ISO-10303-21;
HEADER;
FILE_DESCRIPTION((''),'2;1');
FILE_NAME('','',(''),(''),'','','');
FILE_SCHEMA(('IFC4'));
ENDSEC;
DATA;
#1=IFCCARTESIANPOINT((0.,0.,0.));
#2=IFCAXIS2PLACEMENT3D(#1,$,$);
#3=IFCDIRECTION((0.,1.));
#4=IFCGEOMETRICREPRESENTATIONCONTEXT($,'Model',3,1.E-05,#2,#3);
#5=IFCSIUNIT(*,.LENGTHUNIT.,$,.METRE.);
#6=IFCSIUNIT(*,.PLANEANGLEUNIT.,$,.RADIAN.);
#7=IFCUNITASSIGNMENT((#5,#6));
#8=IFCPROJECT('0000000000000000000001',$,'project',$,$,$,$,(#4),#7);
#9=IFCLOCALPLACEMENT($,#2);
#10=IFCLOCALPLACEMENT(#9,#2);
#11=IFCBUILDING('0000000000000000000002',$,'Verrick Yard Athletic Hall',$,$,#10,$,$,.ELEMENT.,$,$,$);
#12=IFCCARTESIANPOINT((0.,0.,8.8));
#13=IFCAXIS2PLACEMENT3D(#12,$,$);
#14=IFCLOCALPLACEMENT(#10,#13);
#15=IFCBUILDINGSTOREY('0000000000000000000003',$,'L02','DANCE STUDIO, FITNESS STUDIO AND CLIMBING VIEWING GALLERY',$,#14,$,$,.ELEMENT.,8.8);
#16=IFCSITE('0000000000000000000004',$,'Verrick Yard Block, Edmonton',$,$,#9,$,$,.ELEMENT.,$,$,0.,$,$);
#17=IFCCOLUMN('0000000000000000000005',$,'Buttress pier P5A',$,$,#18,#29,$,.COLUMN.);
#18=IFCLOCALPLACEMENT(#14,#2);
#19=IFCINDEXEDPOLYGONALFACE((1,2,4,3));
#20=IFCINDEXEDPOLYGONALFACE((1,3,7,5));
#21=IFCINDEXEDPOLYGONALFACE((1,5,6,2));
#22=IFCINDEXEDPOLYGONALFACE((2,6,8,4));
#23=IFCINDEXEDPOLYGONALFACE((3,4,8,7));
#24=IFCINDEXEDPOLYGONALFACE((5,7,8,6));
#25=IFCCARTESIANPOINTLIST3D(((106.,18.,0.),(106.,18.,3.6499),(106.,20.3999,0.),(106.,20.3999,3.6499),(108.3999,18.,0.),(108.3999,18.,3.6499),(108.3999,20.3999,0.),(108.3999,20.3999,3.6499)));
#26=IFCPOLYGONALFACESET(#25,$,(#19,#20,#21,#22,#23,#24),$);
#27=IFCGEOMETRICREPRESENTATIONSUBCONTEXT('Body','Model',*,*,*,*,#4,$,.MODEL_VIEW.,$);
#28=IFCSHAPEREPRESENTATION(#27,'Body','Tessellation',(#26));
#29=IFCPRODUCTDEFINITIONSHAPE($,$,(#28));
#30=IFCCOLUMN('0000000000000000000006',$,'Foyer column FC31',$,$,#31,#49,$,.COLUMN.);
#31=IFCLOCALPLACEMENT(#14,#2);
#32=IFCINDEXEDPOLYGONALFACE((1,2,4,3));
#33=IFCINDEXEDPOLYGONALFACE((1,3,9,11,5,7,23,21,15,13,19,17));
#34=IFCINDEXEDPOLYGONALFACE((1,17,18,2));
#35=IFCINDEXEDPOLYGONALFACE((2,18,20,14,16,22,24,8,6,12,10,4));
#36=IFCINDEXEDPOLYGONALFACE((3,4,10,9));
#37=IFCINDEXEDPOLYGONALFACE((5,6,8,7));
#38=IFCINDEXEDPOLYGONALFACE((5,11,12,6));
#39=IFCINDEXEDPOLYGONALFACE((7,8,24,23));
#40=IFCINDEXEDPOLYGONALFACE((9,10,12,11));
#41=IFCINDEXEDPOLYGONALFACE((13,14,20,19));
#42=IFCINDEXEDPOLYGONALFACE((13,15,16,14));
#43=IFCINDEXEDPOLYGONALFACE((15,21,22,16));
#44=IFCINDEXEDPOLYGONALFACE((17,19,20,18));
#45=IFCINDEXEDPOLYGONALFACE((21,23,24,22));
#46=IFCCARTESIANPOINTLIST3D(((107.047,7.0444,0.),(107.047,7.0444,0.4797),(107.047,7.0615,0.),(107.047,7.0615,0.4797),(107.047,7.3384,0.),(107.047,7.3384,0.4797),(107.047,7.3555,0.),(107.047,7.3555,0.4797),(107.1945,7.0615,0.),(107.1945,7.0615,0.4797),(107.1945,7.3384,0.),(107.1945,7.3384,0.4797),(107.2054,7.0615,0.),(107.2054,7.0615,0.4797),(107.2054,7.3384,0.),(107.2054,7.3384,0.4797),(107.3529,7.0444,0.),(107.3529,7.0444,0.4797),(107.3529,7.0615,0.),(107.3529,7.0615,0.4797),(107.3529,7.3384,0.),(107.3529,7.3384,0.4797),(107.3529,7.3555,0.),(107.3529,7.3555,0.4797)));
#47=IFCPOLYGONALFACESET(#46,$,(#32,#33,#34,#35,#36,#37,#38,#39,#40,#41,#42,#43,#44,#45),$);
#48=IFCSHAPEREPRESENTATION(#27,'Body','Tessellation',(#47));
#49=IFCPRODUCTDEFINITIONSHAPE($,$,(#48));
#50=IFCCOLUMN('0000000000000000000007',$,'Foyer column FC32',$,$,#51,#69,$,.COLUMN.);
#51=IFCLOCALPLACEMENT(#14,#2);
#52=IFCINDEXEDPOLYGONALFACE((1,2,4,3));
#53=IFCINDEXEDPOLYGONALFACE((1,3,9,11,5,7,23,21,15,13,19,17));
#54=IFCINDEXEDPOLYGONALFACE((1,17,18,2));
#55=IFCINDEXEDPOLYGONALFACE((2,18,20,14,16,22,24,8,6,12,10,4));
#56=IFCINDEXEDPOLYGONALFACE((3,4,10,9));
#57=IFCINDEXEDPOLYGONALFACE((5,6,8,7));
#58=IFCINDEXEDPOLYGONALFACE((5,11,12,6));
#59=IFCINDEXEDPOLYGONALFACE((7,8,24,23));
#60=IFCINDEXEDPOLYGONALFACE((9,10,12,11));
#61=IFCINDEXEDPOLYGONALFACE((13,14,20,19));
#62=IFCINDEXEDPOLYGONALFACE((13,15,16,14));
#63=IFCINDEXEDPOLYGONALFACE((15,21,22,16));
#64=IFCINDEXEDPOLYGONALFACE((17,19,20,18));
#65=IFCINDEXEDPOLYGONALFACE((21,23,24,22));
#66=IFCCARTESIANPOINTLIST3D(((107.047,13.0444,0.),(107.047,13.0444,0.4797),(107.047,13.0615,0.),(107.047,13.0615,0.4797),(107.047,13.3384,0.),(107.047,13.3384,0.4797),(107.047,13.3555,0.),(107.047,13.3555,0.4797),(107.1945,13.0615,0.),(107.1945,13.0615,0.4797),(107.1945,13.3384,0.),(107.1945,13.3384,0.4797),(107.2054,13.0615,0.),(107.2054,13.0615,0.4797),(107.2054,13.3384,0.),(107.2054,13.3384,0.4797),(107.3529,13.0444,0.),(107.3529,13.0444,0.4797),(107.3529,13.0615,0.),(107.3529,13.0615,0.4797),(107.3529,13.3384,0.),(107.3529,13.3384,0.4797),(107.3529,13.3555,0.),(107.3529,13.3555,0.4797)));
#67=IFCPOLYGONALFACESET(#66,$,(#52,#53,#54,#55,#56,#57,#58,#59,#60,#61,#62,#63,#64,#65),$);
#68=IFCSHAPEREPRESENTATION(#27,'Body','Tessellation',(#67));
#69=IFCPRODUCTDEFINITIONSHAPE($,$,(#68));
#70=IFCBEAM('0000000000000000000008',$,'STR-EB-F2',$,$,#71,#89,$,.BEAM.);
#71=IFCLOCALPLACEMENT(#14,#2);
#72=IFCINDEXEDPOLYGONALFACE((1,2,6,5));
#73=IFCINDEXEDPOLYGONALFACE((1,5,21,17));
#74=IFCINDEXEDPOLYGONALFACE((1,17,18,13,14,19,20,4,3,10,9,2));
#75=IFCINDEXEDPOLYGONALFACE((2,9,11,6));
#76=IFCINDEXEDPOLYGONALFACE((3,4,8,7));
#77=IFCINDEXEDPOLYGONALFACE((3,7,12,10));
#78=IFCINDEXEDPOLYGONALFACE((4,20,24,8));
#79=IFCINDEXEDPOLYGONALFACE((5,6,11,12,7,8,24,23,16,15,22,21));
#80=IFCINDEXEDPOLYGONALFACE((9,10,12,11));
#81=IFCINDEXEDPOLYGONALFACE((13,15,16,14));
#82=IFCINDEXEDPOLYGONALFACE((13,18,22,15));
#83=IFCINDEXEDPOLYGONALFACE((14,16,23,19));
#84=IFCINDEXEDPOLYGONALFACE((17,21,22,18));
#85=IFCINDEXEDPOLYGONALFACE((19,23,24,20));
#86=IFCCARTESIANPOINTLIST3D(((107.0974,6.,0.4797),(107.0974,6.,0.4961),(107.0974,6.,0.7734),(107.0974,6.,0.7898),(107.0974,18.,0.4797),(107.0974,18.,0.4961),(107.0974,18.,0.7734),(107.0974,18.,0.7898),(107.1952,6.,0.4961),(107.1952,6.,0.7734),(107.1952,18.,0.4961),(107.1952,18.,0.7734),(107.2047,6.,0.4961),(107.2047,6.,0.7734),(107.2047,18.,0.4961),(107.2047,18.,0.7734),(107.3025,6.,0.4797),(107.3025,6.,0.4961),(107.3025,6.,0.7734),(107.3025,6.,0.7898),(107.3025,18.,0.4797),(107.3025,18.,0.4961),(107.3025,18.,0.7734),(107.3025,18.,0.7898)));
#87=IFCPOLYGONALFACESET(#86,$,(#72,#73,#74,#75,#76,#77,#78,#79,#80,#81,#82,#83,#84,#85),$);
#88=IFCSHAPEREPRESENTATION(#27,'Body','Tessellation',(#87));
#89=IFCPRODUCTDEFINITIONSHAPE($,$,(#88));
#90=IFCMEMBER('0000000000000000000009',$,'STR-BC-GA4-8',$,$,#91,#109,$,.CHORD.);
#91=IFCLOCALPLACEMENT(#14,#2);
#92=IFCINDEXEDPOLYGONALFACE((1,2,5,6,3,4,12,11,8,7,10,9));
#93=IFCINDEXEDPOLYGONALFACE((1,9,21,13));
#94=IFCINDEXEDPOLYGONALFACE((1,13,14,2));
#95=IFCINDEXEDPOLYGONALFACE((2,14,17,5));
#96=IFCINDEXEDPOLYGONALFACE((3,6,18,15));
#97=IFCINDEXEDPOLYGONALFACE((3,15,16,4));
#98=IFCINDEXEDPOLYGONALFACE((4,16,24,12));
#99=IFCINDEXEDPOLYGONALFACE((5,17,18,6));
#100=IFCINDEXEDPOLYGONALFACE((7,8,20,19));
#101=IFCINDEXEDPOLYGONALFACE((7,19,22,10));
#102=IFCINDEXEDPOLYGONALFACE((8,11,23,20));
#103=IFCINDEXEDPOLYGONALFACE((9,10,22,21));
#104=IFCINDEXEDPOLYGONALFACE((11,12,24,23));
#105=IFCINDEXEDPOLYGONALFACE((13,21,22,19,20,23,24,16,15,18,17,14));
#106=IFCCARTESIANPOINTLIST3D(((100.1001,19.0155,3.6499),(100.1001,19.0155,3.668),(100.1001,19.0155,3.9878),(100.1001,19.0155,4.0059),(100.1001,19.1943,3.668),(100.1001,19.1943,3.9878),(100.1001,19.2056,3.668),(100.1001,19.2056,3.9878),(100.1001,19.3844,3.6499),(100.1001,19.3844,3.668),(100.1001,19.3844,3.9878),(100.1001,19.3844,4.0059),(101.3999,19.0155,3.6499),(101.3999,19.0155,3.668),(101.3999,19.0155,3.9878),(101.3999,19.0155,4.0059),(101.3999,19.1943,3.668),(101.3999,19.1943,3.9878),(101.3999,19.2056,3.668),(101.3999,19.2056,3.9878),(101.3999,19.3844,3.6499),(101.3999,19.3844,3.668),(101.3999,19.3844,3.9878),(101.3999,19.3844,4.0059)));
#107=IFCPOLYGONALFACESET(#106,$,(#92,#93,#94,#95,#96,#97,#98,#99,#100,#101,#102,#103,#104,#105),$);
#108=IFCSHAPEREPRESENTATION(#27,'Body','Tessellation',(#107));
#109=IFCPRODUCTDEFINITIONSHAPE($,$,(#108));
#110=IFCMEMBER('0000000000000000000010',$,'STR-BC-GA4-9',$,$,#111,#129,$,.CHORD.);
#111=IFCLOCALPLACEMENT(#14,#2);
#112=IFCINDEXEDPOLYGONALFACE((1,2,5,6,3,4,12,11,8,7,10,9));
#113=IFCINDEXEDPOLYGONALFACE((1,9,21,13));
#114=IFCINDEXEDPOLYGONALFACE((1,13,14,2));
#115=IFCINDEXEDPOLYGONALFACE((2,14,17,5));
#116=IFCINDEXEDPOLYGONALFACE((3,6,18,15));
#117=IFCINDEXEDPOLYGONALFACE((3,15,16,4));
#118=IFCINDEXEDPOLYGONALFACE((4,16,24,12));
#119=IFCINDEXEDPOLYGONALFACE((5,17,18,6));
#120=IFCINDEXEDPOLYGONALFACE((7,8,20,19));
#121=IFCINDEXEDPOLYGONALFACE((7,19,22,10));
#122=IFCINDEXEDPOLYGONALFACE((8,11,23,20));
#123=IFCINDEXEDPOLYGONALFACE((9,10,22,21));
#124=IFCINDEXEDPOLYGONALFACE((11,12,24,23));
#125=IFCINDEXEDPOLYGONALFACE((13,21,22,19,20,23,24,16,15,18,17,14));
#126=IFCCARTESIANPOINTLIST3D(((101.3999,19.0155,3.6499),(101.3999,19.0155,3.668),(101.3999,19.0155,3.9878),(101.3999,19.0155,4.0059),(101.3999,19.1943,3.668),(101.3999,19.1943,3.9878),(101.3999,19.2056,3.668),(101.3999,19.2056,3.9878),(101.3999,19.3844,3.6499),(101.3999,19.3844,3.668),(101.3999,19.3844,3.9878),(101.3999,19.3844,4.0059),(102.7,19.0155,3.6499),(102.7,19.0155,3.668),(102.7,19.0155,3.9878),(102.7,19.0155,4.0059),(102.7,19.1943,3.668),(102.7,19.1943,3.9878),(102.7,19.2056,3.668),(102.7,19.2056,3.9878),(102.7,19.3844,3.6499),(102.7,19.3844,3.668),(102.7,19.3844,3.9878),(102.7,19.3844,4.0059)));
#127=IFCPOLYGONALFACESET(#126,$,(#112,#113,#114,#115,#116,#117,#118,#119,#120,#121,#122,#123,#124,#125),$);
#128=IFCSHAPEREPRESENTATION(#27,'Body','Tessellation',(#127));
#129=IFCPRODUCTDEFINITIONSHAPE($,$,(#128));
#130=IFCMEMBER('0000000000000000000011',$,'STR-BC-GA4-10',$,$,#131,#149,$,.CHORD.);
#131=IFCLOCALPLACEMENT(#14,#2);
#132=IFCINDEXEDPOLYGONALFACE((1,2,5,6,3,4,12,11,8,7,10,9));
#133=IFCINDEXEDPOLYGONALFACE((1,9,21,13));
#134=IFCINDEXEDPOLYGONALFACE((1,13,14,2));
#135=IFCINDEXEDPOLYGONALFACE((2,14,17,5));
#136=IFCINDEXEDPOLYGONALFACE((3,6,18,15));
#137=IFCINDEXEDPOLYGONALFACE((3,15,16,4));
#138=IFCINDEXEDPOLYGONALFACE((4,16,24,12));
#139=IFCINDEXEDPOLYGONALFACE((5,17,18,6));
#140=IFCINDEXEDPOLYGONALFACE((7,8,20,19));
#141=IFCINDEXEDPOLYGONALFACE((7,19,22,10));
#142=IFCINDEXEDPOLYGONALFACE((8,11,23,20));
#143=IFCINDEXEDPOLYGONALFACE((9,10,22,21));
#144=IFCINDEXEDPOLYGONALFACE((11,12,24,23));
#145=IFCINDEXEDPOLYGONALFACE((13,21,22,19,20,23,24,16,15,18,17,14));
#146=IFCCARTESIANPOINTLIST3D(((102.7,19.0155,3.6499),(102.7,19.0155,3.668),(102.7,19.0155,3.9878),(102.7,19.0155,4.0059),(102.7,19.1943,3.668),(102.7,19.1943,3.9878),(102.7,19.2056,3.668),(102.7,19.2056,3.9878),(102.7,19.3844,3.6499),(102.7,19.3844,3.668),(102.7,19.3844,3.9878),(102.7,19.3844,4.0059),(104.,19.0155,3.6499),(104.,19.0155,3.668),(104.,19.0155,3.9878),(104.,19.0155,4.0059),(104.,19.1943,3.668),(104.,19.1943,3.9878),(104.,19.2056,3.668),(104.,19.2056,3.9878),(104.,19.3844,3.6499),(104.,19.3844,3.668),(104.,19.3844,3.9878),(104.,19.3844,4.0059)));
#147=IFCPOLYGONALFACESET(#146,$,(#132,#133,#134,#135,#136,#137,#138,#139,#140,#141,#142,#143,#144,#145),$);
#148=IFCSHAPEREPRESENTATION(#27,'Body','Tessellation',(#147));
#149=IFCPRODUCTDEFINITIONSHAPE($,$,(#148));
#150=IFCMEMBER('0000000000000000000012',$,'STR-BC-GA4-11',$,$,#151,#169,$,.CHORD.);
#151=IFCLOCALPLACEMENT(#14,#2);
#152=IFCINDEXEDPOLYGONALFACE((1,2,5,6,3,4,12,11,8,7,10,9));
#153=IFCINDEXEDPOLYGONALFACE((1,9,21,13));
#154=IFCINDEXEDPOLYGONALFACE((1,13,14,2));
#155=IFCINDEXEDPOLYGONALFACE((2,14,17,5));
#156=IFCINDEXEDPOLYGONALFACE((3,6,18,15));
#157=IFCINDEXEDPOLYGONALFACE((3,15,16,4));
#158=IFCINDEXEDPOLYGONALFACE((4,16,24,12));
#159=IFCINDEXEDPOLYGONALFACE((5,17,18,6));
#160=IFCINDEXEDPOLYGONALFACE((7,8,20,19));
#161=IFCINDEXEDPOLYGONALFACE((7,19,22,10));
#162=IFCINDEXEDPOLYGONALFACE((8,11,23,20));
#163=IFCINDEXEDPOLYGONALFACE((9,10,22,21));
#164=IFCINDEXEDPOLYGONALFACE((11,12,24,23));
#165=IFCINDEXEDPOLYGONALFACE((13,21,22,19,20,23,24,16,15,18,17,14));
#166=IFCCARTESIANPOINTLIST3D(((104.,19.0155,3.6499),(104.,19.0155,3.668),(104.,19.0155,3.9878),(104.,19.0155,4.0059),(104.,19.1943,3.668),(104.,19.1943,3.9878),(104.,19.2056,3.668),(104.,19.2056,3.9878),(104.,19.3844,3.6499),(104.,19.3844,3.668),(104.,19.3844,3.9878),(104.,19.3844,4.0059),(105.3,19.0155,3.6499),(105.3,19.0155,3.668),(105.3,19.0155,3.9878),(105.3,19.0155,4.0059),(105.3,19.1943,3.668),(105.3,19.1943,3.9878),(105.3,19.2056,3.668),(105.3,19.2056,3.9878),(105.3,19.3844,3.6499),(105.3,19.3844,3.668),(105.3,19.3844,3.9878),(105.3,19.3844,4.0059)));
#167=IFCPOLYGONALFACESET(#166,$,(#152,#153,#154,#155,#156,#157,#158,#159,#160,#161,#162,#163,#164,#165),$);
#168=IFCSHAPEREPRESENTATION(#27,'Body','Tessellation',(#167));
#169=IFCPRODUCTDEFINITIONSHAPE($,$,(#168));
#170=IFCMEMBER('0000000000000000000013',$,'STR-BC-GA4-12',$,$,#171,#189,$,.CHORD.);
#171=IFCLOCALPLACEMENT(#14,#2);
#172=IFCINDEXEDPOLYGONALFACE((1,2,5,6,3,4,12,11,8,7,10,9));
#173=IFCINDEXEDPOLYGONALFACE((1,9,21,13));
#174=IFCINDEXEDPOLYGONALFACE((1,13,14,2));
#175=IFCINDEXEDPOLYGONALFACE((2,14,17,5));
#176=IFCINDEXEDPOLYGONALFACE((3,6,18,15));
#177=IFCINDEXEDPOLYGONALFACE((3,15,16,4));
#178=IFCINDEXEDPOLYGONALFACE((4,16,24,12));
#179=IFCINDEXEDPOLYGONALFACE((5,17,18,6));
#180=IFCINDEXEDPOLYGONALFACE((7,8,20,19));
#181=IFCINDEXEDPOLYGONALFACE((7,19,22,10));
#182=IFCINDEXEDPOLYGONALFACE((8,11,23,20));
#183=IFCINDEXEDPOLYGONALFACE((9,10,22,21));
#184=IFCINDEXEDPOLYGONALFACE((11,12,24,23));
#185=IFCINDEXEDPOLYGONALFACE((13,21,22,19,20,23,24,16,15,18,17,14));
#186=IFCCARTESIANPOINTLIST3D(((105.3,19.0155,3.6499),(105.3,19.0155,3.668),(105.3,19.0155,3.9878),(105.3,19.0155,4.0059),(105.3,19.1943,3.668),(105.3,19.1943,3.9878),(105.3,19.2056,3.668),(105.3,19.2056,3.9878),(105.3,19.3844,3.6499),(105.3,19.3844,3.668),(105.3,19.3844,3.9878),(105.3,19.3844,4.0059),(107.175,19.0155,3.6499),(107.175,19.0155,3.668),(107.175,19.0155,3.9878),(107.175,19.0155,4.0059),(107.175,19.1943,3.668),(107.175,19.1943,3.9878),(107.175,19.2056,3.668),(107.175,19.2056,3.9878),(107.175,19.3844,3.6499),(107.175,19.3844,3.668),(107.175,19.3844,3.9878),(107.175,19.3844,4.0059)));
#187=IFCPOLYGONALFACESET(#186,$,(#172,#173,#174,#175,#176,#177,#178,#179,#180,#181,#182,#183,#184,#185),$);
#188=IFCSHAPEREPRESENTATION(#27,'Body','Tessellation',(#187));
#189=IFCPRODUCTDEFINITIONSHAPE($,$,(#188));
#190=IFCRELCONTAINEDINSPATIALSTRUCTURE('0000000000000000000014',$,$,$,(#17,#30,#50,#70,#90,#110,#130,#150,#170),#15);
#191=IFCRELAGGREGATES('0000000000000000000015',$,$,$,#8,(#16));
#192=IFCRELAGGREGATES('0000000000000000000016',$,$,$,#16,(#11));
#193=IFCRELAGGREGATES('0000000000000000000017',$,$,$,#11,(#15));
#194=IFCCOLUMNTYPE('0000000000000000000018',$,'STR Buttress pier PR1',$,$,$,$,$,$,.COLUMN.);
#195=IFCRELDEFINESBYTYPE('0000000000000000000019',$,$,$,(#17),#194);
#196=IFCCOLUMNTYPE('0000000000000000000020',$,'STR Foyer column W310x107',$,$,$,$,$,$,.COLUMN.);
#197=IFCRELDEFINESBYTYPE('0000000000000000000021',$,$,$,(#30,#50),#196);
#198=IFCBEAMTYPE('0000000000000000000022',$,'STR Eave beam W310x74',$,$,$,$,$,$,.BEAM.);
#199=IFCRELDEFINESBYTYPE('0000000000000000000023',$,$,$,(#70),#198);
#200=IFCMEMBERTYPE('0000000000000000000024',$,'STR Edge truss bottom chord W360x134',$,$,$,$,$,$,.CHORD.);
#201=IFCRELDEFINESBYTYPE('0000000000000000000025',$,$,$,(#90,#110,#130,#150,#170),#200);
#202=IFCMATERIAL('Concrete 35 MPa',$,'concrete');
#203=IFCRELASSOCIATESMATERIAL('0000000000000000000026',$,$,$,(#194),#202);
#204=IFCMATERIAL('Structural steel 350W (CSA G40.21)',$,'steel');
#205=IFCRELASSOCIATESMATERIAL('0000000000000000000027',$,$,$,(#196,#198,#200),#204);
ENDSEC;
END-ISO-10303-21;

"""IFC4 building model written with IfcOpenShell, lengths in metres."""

from ifc_helpers import new_model, si_unit, direction, frame, origin, origin_2d, place, context, subcontext, project, spatial, rectangle, i_section, extrude, material, material_profile, profile_set, type_object, element, save


model = new_model("IFC4")

# Units and contexts
model_context = context("Model", 3, precision=1e-05, world=origin(), true_north=direction((0.0, 1.0)))
body_context = subcontext(model_context, "Body", "Model", "MODEL_VIEW")
ifc_project = project(units=[si_unit("LENGTHUNIT", "METRE"), si_unit("PLANEANGLEUNIT", "RADIAN")], contexts=[model_context])

# Site, building, storey
site_placement = place(None, origin())
site = spatial("IfcSite", under=ifc_project, at=site_placement, Name="Verrick Yard Block, Edmonton", CompositionType="ELEMENT", RefElevation=0.0)
building_placement = place(site_placement, origin())
building = spatial("IfcBuilding", under=site, at=building_placement, Name="Verrick Yard Athletic Hall", CompositionType="ELEMENT")
storey_placement = place(building_placement, frame((0.0, 0.0, 8.8)))
storey = spatial("IfcBuildingStorey", under=building, at=storey_placement, Name="L02", Description="DANCE STUDIO, FITNESS STUDIO AND CLIMBING VIEWING GALLERY", CompositionType="ELEMENT", Elevation=8.8)

# Columns
ifc_material_1 = material(Name="Concrete 35 MPa", Category="concrete")
ifc_material_profile_1 = material_profile(ifc_material_1, rectangle(XDim=2.3999, YDim=2.3999, at=origin_2d()), Name="STR Buttress pier PR1")
ifc_profile_set_1 = profile_set([ifc_material_profile_1], Name="Concrete 35 MPa")
column_type_1 = type_object("IfcColumnType", Name="STR Buttress pier PR1", PredefinedType="COLUMN", material=ifc_profile_set_1)
column_placement = place(storey_placement, frame((107.2, 19.2, 0.0), z_axis=(0.0, 0.0, 1.0), x_axis=(1.0, 0.0, 0.0)))
element("IfcColumn", 1, at=column_placement, inside=storey, type_object=column_type_1, Name="Buttress pier P5A", PredefinedType="COLUMN", context=body_context, shape_type="SweptSolid", body=[
    extrude(rectangle(XDim=2.3999, YDim=2.3999, at=origin_2d()), origin(), (0.0, 0.0, 1.0), 3.6499),
])
ifc_material_2 = material(Name="Structural steel 350W (CSA G40.21)", Category="steel")
ifc_material_profile_2 = material_profile(ifc_material_2, i_section(OverallWidth=0.3059, OverallDepth=0.311, WebThickness=0.011, FlangeThickness=0.0171, at=origin_2d()), Name="W310x107")
ifc_profile_set_2 = profile_set([ifc_material_profile_2], Name="Structural steel 350W (CSA G40.21)")
column_type_2 = type_object("IfcColumnType", Name="STR Foyer column W310x107", PredefinedType="COLUMN", material=ifc_profile_set_2)
for number, where, z_axis, x_axis, name in (
    (2, (107.2, 7.2, 0.0), (0.0, 0.0, 1.0), (1.0, 0.0, 0.0), "Foyer column FC31"),
    (3, (107.2, 13.2, 0.0), (0.0, 0.0, 1.0), (1.0, 0.0, 0.0), "Foyer column FC32"),
):
    element("IfcColumn", number, at=place(storey_placement, frame(where, z_axis=z_axis, x_axis=x_axis)), inside=storey, type_object=column_type_2, Name=name, PredefinedType="COLUMN", context=body_context, shape_type="SweptSolid", body=[
        extrude(i_section(OverallWidth=0.3059, OverallDepth=0.311, WebThickness=0.011, FlangeThickness=0.0171, at=origin_2d()), origin(), (0.0, 0.0, 1.0), 0.4797),
    ])

# Beam
ifc_material_profile_3 = material_profile(ifc_material_2, i_section(OverallWidth=0.2051, OverallDepth=0.3101, WebThickness=0.0095, FlangeThickness=0.0164, at=origin_2d()), Name="W310x74")
ifc_profile_set_3 = profile_set([ifc_material_profile_3], Name="Structural steel 350W (CSA G40.21)")
beam_type = type_object("IfcBeamType", Name="STR Eave beam W310x74", PredefinedType="BEAM", material=ifc_profile_set_3)
beam_placement = place(storey_placement, frame((107.2, 6.0, 0.6348), z_axis=(0.0, 1.0, 0.0), x_axis=(-1.0, 0.0, 0.0)))
element("IfcBeam", 4, at=beam_placement, inside=storey, type_object=beam_type, Name="STR-EB-F2", PredefinedType="BEAM", context=body_context, shape_type="SweptSolid", body=[
    extrude(i_section(OverallWidth=0.2051, OverallDepth=0.3101, WebThickness=0.0095, FlangeThickness=0.0164, at=origin_2d()), origin(), (0.0, 0.0, 1.0), 12.0),
])

# Members
ifc_material_profile_4 = material_profile(ifc_material_2, i_section(OverallWidth=0.3689, OverallDepth=0.356, WebThickness=0.0112, FlangeThickness=0.0181, at=origin_2d()), Name="W360x134")
ifc_profile_set_4 = profile_set([ifc_material_profile_4], Name="Structural steel 350W (CSA G40.21)")
member_type_1 = type_object("IfcMemberType", Name="STR Edge truss bottom chord W360x134", PredefinedType="CHORD", material=ifc_profile_set_4)
member_1_placement = place(storey_placement, frame((100.1001, 19.2, 3.8279), z_axis=(1.0, 0.0, 0.0), x_axis=(0.0, 1.0, 0.0)))
element("IfcMember", 5, at=member_1_placement, inside=storey, type_object=member_type_1, Name="STR-BC-GA4-8", PredefinedType="CHORD", context=body_context, shape_type="SweptSolid", body=[
    extrude(i_section(OverallWidth=0.3689, OverallDepth=0.356, WebThickness=0.0112, FlangeThickness=0.0181, at=origin_2d()), origin(), (0.0, 0.0, 1.0), 1.2998),
])
for number, where, z_axis, x_axis, name in (
    (6, (101.3999, 19.2, 3.8279), (1.0, 0.0, 0.0), (0.0, 1.0, 0.0), "STR-BC-GA4-9"),
    (7, (102.7, 19.2, 3.8279), (1.0, 0.0, 0.0), (0.0, 1.0, 0.0), "STR-BC-GA4-10"),
    (8, (104.0, 19.2, 3.8279), (1.0, 0.0, 0.0), (0.0, 1.0, 0.0), "STR-BC-GA4-11"),
):
    element("IfcMember", number, at=place(storey_placement, frame(where, z_axis=z_axis, x_axis=x_axis)), inside=storey, type_object=member_type_1, Name=name, PredefinedType="CHORD", context=body_context, shape_type="SweptSolid", body=[
        extrude(i_section(OverallWidth=0.3689, OverallDepth=0.356, WebThickness=0.0112, FlangeThickness=0.0181, at=origin_2d()), origin(), (0.0, 0.0, 1.0), 1.3),
    ])
for number, where, z_axis, x_axis, name in (
    (9, (105.3, 19.2, 3.8279), (1.0, 0.0, 0.0), (0.0, 1.0, 0.0), "STR-BC-GA4-12"),
):
    element("IfcMember", number, at=place(storey_placement, frame(where, z_axis=z_axis, x_axis=x_axis)), inside=storey, type_object=member_type_1, Name=name, PredefinedType="CHORD", context=body_context, shape_type="SweptSolid", body=[
        extrude(i_section(OverallWidth=0.3689, OverallDepth=0.356, WebThickness=0.0112, FlangeThickness=0.0181, at=origin_2d()), origin(), (0.0, 0.0, 1.0), 1.875),
    ])

save(model, "model.ifc")
